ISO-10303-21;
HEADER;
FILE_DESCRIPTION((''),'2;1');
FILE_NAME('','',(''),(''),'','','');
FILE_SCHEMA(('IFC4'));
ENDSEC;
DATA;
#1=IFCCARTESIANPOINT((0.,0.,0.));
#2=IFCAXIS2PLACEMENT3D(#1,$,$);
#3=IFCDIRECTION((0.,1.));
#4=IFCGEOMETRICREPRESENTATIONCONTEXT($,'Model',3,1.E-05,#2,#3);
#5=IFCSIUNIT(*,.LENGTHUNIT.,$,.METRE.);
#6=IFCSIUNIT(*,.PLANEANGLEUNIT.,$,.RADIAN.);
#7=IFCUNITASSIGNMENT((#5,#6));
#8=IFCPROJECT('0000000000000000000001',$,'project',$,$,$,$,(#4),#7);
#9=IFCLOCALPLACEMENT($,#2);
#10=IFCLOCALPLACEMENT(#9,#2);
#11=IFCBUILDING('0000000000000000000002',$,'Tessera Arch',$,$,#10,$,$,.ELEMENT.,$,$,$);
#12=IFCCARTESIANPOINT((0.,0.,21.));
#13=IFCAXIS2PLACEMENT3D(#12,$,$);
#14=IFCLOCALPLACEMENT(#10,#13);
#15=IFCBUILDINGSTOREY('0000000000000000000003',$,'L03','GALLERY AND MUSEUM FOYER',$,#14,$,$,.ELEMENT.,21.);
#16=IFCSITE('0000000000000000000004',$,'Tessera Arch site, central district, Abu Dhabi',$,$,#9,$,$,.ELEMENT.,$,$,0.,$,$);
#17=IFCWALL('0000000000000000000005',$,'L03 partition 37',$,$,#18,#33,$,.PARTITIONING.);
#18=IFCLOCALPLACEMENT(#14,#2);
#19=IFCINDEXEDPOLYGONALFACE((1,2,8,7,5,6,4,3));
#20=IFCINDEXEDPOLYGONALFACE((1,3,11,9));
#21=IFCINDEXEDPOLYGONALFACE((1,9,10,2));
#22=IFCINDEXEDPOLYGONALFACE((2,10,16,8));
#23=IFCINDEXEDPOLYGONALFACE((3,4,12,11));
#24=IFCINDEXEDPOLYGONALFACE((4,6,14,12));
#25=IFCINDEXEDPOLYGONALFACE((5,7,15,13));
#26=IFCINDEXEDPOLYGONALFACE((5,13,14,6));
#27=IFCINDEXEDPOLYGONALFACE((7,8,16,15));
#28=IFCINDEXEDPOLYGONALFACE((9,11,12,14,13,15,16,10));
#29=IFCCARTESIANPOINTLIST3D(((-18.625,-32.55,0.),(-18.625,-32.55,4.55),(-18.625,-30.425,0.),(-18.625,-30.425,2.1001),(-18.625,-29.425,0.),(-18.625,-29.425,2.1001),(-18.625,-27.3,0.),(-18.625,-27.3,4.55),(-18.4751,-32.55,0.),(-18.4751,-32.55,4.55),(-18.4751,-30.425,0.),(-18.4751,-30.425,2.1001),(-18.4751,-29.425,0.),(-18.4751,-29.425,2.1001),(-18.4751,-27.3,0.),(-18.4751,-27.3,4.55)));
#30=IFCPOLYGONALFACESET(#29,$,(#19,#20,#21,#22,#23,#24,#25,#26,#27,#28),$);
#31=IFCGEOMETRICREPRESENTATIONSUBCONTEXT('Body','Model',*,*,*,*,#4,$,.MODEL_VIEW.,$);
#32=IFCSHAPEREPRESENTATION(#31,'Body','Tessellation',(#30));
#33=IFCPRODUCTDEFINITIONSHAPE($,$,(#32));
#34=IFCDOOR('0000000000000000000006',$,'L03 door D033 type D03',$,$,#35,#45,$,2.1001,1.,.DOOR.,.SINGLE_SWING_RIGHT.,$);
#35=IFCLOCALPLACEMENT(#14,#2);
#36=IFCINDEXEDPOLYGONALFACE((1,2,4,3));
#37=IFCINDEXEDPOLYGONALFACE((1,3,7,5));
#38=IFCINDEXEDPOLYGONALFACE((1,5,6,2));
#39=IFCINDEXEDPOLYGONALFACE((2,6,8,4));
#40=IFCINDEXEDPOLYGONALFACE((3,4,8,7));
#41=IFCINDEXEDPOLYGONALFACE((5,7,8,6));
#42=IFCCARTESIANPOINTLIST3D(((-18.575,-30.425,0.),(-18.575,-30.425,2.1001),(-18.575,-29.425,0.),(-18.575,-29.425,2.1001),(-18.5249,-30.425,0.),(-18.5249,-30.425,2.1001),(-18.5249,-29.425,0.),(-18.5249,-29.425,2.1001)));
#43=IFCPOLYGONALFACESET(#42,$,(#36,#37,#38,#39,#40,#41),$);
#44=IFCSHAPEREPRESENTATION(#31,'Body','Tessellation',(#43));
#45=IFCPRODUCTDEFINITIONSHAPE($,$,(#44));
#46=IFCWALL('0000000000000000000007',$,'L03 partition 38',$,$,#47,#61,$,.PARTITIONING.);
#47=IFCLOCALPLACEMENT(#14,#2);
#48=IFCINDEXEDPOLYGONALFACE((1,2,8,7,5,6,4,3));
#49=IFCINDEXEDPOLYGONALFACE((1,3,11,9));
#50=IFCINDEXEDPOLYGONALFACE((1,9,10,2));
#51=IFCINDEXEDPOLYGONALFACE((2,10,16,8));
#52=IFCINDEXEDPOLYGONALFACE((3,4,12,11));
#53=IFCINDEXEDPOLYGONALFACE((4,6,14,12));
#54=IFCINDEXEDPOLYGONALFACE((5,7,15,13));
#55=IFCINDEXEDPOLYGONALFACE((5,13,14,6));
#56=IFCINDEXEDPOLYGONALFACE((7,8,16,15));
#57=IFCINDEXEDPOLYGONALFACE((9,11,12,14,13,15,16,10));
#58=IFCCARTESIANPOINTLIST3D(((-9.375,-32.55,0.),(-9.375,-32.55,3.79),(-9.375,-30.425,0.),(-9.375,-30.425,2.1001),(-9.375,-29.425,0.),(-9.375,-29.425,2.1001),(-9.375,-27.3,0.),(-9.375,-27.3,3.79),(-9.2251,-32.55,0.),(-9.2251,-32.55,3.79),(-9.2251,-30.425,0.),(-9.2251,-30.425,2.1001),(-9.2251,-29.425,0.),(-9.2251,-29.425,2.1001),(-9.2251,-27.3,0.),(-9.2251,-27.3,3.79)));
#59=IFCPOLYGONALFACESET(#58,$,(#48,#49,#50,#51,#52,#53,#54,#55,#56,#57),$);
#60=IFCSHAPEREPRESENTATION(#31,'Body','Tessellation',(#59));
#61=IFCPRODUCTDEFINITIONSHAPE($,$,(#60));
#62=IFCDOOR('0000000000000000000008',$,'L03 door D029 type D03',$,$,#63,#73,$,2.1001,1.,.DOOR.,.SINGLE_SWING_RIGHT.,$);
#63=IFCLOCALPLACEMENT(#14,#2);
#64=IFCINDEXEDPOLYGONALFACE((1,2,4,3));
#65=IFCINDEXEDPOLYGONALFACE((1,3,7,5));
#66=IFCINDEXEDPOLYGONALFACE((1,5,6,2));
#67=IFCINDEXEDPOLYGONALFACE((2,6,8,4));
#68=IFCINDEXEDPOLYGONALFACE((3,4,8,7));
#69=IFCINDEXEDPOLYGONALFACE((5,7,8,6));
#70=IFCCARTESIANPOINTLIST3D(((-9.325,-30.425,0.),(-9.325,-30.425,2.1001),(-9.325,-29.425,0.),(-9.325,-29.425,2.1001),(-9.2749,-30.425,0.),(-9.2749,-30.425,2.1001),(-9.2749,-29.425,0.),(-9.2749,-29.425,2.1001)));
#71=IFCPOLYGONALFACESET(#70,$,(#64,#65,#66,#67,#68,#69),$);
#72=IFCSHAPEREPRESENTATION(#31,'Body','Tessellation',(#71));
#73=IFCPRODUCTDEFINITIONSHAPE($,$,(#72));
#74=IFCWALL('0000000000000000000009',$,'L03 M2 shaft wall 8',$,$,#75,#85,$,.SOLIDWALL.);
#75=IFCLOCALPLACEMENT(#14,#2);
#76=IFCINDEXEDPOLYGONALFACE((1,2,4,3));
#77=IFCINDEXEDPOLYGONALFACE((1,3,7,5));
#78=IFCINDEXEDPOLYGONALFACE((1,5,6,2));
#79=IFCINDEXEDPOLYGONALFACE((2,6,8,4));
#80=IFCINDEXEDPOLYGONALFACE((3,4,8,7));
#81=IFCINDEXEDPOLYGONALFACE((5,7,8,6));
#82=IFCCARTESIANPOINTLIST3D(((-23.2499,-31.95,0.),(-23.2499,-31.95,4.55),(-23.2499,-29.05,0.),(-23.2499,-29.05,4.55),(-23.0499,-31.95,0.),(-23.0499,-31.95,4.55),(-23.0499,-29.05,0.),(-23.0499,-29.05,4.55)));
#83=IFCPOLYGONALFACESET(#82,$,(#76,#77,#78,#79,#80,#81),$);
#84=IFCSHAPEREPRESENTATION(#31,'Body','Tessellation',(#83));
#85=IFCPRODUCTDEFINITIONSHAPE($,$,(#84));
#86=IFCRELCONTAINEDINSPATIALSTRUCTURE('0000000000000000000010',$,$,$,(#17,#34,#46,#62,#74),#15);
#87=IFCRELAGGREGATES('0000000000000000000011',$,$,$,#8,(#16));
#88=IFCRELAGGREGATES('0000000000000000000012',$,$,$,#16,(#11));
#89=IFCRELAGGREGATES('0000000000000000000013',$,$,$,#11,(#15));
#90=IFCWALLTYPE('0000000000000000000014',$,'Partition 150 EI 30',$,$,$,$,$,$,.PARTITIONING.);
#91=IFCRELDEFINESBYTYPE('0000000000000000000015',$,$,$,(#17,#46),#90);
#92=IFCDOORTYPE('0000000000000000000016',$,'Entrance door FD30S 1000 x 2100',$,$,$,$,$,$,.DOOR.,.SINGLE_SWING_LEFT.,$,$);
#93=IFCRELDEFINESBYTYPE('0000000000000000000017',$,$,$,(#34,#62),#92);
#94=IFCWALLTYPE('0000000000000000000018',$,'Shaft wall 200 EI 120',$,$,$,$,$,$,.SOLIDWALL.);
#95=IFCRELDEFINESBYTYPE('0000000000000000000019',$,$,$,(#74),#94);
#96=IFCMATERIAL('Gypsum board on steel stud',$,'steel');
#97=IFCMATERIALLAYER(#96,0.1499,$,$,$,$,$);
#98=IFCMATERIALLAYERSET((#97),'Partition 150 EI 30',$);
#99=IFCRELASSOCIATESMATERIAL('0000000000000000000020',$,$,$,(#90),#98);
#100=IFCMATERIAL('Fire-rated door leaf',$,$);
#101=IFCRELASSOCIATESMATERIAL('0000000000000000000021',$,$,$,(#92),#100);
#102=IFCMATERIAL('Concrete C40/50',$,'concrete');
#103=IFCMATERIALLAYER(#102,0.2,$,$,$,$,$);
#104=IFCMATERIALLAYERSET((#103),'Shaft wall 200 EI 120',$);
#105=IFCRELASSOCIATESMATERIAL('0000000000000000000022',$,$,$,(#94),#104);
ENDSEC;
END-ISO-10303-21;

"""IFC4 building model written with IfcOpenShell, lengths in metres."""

from ifc_helpers import new_model, si_unit, direction, frame, frame_2d, origin, place, context, subcontext, project, spatial, rectangle, extrude, material, layer, layer_set, type_object, element, fill, save


model = new_model("IFC4")

# Units and contexts
model_context = context("Model", 3, precision=1e-05, world=origin(), true_north=direction((0.0, 1.0)))
body_context = subcontext(model_context, "Body", "Model", "MODEL_VIEW")
ifc_project = project(units=[si_unit("LENGTHUNIT", "METRE"), si_unit("PLANEANGLEUNIT", "RADIAN")], contexts=[model_context])

# Site, building, storey
site_placement = place(None, origin())
site = spatial("IfcSite", under=ifc_project, at=site_placement, Name="Tessera Arch site, central district, Abu Dhabi", CompositionType="ELEMENT", RefElevation=0.0)
building_placement = place(site_placement, origin())
building = spatial("IfcBuilding", under=site, at=building_placement, Name="Tessera Arch", CompositionType="ELEMENT")
storey_placement = place(building_placement, frame((0.0, 0.0, 21.0)))
storey = spatial("IfcBuildingStorey", under=building, at=storey_placement, Name="L03", Description="GALLERY AND MUSEUM FOYER", CompositionType="ELEMENT", Elevation=21.0)

# Walls, openings, doors
ifc_material_1 = material(Name="Gypsum board on steel stud", Category="steel")
ifc_layer_1 = layer(ifc_material_1, 0.1499)
ifc_layer_set_1 = layer_set([ifc_layer_1], Name="Partition 150 EI 30")
wall_type_1 = type_object("IfcWallType", Name="Partition 150 EI 30", PredefinedType="PARTITIONING", material=ifc_layer_set_1)
wall_1_placement = place(storey_placement, frame((-18.55, -32.55, 0.0), z_axis=(0.0, 0.0, 1.0), x_axis=(0.0, 1.0, 0.0)))
wall_1 = element("IfcWall", 1, at=wall_1_placement, inside=storey, type_object=wall_type_1, Name="L03 partition 37", PredefinedType="PARTITIONING", context=body_context, shape_type="SweptSolid", body=[
    extrude(rectangle(XDim=5.25, YDim=0.1499, at=frame_2d((2.625, 0.0))), origin(), (0.0, 0.0, 1.0), 4.55),
])
opening_1_placement = place(wall_1_placement, frame((2.125, 0.0, 0.0)))
opening_1 = element("IfcOpeningElement", 2, at=opening_1_placement, cuts=wall_1, PredefinedType="OPENING", context=body_context, shape_type="SweptSolid", body=[
    extrude(rectangle(XDim=1.0, YDim=2.1001, at=frame_2d((0.5, 1.05))), frame((0.0, 0.085, 0.0), z_axis=(0.0, -1.0, 0.0), x_axis=(1.0, 0.0, 0.0)), (0.0, 0.0, 1.0), 0.1699),
])
ifc_material_2 = material(Name="Fire-rated door leaf")
door_type = type_object("IfcDoorType", Name="Entrance door FD30S 1000 x 2100", OperationType="SINGLE_SWING_LEFT", PredefinedType="DOOR", material=ifc_material_2)
door_1_placement = place(opening_1_placement, origin())
door_1 = element("IfcDoor", 3, at=door_1_placement, inside=storey, type_object=door_type, Name="L03 door D033 type D03", OperationType="SINGLE_SWING_RIGHT", OverallHeight=2.1001, OverallWidth=1.0, PredefinedType="DOOR", context=body_context, shape_type="SweptSolid", body=[
    extrude(rectangle(XDim=1.0, YDim=2.1001, at=frame_2d((0.5, 1.05))), frame((0.0, 0.0249, 0.0), z_axis=(0.0, -1.0, 0.0), x_axis=(1.0, 0.0, 0.0)), (0.0, 0.0, 1.0), 0.05),
])
fill(opening_1, door_1)
wall_2_placement = place(storey_placement, frame((-9.3, -32.55, 0.0), z_axis=(0.0, 0.0, 1.0), x_axis=(0.0, 1.0, 0.0)))
wall_2 = element("IfcWall", 4, at=wall_2_placement, inside=storey, type_object=wall_type_1, Name="L03 partition 38", PredefinedType="PARTITIONING", context=body_context, shape_type="SweptSolid", body=[
    extrude(rectangle(XDim=5.25, YDim=0.1499, at=frame_2d((2.625, 0.0))), origin(), (0.0, 0.0, 1.0), 3.79),
])
opening_2_placement = place(wall_2_placement, frame((2.125, 0.0, 0.0)))
opening_2 = element("IfcOpeningElement", 5, at=opening_2_placement, cuts=wall_2, PredefinedType="OPENING", context=body_context, shape_type="SweptSolid", body=[
    extrude(rectangle(XDim=1.0, YDim=2.1001, at=frame_2d((0.5, 1.05))), frame((0.0, 0.085, 0.0), z_axis=(0.0, -1.0, 0.0), x_axis=(1.0, 0.0, 0.0)), (0.0, 0.0, 1.0), 0.1699),
])
door_2_placement = place(opening_2_placement, origin())
door_2 = element("IfcDoor", 6, at=door_2_placement, inside=storey, type_object=door_type, Name="L03 door D029 type D03", OperationType="SINGLE_SWING_RIGHT", OverallHeight=2.1001, OverallWidth=1.0, PredefinedType="DOOR", context=body_context, shape_type="SweptSolid", body=[
    extrude(rectangle(XDim=1.0, YDim=2.1001, at=frame_2d((0.5, 1.05))), frame((0.0, 0.0249, 0.0), z_axis=(0.0, -1.0, 0.0), x_axis=(1.0, 0.0, 0.0)), (0.0, 0.0, 1.0), 0.05),
])
fill(opening_2, door_2)

# Wall
ifc_material_3 = material(Name="Concrete C40/50", Category="concrete")
ifc_layer_2 = layer(ifc_material_3, 0.2)
ifc_layer_set_2 = layer_set([ifc_layer_2], Name="Shaft wall 200 EI 120")
wall_type_2 = type_object("IfcWallType", Name="Shaft wall 200 EI 120", PredefinedType="SOLIDWALL", material=ifc_layer_set_2)
wall_3_placement = place(storey_placement, frame((-23.1499, -31.95, 0.0), z_axis=(0.0, 0.0, 1.0), x_axis=(0.0, 1.0, 0.0)))
element("IfcWall", 7, at=wall_3_placement, inside=storey, type_object=wall_type_2, Name="L03 M2 shaft wall 8", PredefinedType="SOLIDWALL", context=body_context, shape_type="SweptSolid", body=[
    extrude(rectangle(XDim=2.8999, YDim=0.2, at=frame_2d((1.45, 0.0))), origin(), (0.0, 0.0, 1.0), 4.55),
])

save(model, "model.ifc")
